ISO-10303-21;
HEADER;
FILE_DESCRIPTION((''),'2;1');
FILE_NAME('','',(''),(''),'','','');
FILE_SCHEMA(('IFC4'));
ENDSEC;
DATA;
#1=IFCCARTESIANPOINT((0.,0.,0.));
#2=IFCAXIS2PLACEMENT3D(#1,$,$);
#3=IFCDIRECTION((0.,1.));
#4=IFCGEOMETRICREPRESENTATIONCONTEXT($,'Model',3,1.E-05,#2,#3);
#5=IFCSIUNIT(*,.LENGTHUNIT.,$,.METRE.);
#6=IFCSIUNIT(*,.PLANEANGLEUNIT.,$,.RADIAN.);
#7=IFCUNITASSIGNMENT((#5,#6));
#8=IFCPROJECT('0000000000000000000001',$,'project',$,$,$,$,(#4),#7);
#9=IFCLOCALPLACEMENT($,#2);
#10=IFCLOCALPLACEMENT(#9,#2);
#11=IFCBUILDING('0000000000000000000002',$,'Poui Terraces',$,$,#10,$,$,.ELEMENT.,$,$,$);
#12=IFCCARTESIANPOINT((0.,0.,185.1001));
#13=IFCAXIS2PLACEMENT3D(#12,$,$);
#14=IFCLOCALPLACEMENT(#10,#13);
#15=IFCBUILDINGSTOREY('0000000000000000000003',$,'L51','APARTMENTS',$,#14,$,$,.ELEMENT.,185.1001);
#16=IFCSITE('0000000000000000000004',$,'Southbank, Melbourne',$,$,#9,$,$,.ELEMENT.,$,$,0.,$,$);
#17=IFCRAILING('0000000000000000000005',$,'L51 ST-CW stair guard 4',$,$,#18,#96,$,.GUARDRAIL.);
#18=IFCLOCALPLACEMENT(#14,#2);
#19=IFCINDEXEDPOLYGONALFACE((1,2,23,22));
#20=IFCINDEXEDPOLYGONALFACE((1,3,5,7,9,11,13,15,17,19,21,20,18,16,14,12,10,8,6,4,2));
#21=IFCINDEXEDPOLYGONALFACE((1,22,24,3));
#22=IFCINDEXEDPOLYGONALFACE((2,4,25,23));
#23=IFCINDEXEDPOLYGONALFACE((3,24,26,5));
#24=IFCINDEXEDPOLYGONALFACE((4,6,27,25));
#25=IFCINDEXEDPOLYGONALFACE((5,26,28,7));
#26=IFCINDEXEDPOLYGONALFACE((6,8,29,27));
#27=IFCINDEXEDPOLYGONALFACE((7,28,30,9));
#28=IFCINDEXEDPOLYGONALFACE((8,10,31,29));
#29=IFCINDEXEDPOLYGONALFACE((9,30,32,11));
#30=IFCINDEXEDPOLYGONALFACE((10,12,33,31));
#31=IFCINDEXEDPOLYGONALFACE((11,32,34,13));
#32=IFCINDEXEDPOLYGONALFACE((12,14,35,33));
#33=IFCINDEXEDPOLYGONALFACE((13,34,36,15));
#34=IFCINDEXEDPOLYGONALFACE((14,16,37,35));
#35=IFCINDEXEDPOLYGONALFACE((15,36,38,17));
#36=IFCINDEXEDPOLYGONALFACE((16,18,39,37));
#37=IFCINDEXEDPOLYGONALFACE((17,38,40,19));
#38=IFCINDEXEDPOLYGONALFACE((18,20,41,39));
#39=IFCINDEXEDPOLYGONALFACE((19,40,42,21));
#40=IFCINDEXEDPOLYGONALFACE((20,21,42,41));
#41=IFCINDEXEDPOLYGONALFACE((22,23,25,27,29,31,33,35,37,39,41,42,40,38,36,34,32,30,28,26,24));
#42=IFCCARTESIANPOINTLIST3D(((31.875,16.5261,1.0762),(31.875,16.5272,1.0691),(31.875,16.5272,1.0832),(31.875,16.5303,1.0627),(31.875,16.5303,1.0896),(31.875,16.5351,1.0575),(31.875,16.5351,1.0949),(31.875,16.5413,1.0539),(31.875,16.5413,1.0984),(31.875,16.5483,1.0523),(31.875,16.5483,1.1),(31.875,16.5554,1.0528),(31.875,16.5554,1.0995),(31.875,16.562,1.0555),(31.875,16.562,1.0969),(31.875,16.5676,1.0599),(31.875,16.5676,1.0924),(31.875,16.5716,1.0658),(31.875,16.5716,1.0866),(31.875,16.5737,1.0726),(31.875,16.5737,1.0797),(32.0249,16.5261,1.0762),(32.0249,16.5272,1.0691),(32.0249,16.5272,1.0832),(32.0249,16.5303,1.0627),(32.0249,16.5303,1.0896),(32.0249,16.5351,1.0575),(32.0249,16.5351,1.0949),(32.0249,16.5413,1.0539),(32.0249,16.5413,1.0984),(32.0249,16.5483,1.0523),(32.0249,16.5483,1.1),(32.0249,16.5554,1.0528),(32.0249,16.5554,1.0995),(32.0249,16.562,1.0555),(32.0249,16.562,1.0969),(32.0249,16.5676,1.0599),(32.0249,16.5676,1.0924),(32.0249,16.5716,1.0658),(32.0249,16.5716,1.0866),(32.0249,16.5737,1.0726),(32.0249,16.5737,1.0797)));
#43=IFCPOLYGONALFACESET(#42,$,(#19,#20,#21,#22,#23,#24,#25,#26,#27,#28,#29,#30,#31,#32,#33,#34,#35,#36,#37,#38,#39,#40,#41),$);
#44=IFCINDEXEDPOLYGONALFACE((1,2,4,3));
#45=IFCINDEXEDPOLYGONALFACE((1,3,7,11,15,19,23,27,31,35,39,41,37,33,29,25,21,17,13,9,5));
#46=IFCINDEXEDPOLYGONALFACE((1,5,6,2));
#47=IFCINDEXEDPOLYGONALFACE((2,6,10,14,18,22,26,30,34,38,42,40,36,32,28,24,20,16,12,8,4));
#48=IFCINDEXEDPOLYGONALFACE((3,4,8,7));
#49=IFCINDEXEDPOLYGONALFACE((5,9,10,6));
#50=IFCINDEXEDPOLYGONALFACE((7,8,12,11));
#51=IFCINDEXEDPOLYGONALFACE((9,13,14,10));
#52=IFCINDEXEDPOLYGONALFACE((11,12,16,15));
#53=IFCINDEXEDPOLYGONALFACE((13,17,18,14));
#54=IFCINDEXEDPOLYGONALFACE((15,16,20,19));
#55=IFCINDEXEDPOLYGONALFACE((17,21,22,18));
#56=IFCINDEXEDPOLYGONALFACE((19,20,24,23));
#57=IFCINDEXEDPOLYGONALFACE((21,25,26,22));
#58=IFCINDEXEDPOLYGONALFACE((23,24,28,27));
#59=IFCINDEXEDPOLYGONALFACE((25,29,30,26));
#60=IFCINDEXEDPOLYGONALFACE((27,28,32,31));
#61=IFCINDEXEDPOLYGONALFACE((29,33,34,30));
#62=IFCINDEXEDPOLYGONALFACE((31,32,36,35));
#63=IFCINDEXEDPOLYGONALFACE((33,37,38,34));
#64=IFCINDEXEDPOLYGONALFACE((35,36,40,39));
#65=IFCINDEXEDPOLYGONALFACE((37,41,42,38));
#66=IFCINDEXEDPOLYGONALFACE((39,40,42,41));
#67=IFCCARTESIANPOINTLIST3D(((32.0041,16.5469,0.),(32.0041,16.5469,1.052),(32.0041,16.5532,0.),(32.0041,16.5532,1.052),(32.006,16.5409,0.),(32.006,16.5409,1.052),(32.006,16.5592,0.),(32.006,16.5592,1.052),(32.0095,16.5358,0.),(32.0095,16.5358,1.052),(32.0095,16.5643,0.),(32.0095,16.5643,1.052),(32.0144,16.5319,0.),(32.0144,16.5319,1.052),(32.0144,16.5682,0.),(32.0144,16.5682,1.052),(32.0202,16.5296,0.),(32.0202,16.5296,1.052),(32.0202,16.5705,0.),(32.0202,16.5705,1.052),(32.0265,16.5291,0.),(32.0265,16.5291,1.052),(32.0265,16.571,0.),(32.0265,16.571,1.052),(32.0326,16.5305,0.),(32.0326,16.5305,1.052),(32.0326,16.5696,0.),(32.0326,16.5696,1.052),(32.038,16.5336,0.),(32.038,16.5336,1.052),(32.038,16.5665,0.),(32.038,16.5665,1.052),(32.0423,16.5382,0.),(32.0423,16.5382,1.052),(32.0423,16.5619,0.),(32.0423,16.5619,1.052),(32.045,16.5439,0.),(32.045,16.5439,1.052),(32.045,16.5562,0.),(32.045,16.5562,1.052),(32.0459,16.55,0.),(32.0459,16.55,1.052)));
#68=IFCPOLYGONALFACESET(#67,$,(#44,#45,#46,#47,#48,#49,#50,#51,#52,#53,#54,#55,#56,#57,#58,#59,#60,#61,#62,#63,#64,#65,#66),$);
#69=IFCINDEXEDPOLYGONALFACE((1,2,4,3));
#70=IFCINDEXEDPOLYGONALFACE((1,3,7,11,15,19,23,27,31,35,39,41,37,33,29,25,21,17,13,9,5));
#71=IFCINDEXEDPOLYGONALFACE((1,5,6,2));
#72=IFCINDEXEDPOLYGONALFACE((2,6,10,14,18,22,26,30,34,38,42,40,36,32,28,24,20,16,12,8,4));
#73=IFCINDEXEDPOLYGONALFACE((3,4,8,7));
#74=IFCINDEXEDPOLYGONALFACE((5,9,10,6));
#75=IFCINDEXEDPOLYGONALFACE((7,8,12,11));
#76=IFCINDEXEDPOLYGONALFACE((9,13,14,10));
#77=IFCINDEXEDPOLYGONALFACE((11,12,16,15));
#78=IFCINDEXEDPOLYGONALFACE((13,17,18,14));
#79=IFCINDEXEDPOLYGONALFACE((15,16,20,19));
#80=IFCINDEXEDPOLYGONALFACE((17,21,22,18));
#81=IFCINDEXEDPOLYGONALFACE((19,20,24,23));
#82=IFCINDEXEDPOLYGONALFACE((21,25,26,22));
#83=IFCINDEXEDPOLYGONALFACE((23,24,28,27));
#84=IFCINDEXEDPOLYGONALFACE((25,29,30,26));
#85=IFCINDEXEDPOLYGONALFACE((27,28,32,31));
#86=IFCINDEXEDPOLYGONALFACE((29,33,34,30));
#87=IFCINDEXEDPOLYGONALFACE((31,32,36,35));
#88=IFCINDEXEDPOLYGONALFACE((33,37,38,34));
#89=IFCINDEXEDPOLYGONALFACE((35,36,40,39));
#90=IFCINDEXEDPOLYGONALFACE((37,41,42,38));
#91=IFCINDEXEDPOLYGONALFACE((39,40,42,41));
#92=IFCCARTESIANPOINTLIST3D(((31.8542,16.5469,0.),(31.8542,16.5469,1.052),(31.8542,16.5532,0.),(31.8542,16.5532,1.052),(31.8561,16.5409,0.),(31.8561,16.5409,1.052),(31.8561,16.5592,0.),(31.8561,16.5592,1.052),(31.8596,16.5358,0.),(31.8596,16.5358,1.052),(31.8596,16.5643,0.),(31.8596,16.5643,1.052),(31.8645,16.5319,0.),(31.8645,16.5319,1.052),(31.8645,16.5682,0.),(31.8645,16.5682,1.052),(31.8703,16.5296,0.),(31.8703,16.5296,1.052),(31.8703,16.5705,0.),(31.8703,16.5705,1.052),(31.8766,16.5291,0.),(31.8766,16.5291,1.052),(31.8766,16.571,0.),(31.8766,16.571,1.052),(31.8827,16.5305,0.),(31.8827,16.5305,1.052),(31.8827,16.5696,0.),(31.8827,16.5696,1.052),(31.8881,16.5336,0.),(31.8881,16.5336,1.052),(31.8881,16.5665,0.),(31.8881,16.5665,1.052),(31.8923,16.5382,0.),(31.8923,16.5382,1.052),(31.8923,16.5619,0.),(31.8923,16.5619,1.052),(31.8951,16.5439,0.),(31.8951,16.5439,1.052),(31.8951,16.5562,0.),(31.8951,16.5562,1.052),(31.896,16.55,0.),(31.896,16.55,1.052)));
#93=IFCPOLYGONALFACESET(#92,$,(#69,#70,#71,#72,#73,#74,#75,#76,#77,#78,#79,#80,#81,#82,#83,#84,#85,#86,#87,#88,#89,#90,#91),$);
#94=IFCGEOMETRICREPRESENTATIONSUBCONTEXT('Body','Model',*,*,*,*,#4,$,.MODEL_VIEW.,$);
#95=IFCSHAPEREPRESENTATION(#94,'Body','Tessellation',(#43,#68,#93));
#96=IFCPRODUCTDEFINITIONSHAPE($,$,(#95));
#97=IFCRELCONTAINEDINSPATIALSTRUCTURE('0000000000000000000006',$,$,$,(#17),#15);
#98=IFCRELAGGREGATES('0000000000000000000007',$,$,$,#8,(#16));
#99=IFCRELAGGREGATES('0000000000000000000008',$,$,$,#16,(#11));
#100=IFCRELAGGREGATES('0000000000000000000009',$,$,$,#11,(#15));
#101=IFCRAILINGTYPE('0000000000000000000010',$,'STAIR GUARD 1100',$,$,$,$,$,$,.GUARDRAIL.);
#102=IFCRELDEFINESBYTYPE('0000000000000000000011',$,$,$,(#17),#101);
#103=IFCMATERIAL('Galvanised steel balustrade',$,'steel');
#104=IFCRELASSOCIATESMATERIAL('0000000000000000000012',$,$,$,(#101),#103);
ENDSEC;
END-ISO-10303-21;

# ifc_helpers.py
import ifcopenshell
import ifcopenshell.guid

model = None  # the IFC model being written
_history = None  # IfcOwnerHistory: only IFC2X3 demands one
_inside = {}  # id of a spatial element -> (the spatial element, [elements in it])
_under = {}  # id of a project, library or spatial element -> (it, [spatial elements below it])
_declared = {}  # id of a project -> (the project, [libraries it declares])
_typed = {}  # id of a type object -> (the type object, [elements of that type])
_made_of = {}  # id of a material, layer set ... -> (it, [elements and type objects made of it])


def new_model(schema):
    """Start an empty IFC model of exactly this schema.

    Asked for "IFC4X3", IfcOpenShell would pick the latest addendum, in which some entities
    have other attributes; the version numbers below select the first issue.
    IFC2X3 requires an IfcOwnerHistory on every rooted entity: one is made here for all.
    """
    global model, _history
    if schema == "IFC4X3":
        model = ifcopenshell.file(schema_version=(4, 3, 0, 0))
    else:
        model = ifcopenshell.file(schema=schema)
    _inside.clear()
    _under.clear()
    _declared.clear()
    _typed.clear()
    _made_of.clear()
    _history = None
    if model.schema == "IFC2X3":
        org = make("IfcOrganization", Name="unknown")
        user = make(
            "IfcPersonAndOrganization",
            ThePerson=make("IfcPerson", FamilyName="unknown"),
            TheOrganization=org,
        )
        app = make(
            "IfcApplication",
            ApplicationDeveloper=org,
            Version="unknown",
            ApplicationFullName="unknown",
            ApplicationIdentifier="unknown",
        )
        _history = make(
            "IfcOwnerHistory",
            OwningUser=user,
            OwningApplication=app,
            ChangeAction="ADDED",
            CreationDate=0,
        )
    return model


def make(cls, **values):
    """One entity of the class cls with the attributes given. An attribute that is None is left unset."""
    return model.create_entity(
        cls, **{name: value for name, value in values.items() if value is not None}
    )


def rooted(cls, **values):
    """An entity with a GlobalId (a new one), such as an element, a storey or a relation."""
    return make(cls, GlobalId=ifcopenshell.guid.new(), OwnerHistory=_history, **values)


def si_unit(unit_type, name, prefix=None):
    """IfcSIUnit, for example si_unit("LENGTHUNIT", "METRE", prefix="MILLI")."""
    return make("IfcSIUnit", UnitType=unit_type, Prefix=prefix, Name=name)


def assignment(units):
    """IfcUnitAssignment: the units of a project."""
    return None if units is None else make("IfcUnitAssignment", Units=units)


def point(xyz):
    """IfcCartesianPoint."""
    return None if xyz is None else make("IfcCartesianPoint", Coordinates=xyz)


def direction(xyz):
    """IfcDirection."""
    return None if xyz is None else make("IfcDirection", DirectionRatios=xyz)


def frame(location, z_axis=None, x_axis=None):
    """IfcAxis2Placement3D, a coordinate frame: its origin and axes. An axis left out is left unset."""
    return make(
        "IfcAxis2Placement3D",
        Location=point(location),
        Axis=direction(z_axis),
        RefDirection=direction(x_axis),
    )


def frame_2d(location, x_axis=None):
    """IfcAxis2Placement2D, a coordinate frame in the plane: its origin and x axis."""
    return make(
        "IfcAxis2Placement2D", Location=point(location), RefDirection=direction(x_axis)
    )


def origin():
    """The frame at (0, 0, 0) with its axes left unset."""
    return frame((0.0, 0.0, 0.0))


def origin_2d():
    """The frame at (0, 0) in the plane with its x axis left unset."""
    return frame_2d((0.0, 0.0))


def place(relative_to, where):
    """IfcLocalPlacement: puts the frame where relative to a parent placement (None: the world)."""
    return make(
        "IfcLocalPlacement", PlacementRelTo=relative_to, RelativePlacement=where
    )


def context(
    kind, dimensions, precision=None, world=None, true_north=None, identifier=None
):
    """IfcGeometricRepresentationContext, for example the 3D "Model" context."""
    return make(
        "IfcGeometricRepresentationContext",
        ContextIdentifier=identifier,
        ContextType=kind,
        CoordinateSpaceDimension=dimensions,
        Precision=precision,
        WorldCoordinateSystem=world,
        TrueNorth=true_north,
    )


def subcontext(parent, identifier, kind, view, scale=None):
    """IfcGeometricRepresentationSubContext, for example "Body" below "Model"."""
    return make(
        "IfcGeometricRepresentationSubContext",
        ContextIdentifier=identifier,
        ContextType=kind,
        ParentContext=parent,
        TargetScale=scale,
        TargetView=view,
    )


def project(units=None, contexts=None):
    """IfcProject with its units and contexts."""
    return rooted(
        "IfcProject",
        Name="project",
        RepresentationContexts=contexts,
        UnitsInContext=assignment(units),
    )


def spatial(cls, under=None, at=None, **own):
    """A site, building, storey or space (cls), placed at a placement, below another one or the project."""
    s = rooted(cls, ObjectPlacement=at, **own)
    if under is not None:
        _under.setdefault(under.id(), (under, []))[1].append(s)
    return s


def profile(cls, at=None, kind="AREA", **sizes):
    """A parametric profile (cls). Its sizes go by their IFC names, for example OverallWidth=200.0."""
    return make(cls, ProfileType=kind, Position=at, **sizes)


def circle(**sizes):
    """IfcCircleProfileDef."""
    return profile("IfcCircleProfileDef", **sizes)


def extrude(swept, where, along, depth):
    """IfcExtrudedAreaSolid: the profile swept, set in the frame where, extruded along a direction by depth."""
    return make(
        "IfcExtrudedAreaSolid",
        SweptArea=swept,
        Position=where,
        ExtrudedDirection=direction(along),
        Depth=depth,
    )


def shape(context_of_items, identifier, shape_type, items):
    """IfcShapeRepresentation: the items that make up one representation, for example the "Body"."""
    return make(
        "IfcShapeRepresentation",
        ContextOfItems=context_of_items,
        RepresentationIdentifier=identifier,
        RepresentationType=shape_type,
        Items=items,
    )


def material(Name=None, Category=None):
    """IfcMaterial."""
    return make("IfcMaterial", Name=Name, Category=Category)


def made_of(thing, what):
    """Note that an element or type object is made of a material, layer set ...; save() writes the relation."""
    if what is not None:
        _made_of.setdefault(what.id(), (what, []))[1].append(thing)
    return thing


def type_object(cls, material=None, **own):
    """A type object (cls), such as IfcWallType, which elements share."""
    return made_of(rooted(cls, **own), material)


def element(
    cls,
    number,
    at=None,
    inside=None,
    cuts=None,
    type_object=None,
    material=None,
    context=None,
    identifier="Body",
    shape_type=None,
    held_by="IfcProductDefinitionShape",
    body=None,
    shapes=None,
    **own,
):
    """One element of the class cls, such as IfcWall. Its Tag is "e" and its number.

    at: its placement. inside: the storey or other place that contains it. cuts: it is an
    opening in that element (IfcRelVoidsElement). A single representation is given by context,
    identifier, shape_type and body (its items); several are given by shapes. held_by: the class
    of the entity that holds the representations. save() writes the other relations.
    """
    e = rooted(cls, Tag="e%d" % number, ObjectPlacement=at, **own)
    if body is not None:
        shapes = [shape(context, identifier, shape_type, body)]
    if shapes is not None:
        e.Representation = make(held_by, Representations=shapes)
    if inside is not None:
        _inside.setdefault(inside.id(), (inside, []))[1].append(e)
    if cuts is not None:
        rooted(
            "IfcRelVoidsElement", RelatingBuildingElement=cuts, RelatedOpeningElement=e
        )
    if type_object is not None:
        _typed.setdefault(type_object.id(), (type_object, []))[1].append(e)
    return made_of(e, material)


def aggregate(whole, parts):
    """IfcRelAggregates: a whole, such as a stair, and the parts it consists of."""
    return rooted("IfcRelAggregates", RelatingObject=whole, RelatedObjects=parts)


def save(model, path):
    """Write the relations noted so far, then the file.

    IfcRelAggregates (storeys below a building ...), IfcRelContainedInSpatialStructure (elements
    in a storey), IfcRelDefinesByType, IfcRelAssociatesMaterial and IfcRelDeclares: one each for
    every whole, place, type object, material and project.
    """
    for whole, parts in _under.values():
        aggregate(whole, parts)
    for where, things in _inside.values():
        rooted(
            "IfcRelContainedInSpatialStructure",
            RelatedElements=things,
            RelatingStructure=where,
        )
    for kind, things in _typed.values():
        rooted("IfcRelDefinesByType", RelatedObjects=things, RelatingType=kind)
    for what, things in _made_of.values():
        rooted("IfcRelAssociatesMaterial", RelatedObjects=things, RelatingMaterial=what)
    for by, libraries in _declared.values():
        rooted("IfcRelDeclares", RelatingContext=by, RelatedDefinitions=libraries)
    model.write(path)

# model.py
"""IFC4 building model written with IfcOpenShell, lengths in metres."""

from ifc_helpers import new_model, si_unit, direction, frame, origin, origin_2d, place, context, subcontext, project, spatial, circle, extrude, material, type_object, element, save


model = new_model("IFC4")

# Units and contexts
model_context = context("Model", 3, precision=1e-05, world=origin(), true_north=direction((0.0, 1.0)))
body_context = subcontext(model_context, "Body", "Model", "MODEL_VIEW")
ifc_project = project(units=[si_unit("LENGTHUNIT", "METRE"), si_unit("PLANEANGLEUNIT", "RADIAN")], contexts=[model_context])

# Site, building, storey
site_placement = place(None, origin())
site = spatial("IfcSite", under=ifc_project, at=site_placement, Name="Southbank, Melbourne", CompositionType="ELEMENT", RefElevation=0.0)
building_placement = place(site_placement, origin())
building = spatial("IfcBuilding", under=site, at=building_placement, Name="Poui Terraces", CompositionType="ELEMENT")
storey_placement = place(building_placement, frame((0.0, 0.0, 185.1001)))
storey = spatial("IfcBuildingStorey", under=building, at=storey_placement, Name="L51", Description="APARTMENTS", CompositionType="ELEMENT", Elevation=185.1001)

# Railing
ifc_material_1 = material(Name="Galvanised steel balustrade", Category="steel")
railing_type_1 = type_object("IfcRailingType", Name="STAIR GUARD 1100", PredefinedType="GUARDRAIL", material=ifc_material_1)
railing_1_placement = place(storey_placement, frame((32.0249, 16.55, 0.0)))
element("IfcRailing", 1, at=railing_1_placement, inside=storey, type_object=railing_type_1, Name="L51 ST-CW stair guard 4", PredefinedType="GUARDRAIL", context=body_context, shape_type="SweptSolid", body=[
    extrude(circle(Radius=0.0239, at=origin_2d()), frame((0.0, 0.0, 1.0762), z_axis=(-1.0, 0.0, 0.0), x_axis=(0.0, -1.0, 0.0)), (0.0, 0.0, 1.0), 0.1499),
    extrude(circle(Radius=0.021, at=origin_2d()), origin(), (0.0, 0.0, 1.0), 1.052),
    extrude(circle(Radius=0.021, at=origin_2d()), frame((-0.1499, 0.0, 0.0)), (0.0, 0.0, 1.0), 1.052),
])

save(model, "model.ifc")
